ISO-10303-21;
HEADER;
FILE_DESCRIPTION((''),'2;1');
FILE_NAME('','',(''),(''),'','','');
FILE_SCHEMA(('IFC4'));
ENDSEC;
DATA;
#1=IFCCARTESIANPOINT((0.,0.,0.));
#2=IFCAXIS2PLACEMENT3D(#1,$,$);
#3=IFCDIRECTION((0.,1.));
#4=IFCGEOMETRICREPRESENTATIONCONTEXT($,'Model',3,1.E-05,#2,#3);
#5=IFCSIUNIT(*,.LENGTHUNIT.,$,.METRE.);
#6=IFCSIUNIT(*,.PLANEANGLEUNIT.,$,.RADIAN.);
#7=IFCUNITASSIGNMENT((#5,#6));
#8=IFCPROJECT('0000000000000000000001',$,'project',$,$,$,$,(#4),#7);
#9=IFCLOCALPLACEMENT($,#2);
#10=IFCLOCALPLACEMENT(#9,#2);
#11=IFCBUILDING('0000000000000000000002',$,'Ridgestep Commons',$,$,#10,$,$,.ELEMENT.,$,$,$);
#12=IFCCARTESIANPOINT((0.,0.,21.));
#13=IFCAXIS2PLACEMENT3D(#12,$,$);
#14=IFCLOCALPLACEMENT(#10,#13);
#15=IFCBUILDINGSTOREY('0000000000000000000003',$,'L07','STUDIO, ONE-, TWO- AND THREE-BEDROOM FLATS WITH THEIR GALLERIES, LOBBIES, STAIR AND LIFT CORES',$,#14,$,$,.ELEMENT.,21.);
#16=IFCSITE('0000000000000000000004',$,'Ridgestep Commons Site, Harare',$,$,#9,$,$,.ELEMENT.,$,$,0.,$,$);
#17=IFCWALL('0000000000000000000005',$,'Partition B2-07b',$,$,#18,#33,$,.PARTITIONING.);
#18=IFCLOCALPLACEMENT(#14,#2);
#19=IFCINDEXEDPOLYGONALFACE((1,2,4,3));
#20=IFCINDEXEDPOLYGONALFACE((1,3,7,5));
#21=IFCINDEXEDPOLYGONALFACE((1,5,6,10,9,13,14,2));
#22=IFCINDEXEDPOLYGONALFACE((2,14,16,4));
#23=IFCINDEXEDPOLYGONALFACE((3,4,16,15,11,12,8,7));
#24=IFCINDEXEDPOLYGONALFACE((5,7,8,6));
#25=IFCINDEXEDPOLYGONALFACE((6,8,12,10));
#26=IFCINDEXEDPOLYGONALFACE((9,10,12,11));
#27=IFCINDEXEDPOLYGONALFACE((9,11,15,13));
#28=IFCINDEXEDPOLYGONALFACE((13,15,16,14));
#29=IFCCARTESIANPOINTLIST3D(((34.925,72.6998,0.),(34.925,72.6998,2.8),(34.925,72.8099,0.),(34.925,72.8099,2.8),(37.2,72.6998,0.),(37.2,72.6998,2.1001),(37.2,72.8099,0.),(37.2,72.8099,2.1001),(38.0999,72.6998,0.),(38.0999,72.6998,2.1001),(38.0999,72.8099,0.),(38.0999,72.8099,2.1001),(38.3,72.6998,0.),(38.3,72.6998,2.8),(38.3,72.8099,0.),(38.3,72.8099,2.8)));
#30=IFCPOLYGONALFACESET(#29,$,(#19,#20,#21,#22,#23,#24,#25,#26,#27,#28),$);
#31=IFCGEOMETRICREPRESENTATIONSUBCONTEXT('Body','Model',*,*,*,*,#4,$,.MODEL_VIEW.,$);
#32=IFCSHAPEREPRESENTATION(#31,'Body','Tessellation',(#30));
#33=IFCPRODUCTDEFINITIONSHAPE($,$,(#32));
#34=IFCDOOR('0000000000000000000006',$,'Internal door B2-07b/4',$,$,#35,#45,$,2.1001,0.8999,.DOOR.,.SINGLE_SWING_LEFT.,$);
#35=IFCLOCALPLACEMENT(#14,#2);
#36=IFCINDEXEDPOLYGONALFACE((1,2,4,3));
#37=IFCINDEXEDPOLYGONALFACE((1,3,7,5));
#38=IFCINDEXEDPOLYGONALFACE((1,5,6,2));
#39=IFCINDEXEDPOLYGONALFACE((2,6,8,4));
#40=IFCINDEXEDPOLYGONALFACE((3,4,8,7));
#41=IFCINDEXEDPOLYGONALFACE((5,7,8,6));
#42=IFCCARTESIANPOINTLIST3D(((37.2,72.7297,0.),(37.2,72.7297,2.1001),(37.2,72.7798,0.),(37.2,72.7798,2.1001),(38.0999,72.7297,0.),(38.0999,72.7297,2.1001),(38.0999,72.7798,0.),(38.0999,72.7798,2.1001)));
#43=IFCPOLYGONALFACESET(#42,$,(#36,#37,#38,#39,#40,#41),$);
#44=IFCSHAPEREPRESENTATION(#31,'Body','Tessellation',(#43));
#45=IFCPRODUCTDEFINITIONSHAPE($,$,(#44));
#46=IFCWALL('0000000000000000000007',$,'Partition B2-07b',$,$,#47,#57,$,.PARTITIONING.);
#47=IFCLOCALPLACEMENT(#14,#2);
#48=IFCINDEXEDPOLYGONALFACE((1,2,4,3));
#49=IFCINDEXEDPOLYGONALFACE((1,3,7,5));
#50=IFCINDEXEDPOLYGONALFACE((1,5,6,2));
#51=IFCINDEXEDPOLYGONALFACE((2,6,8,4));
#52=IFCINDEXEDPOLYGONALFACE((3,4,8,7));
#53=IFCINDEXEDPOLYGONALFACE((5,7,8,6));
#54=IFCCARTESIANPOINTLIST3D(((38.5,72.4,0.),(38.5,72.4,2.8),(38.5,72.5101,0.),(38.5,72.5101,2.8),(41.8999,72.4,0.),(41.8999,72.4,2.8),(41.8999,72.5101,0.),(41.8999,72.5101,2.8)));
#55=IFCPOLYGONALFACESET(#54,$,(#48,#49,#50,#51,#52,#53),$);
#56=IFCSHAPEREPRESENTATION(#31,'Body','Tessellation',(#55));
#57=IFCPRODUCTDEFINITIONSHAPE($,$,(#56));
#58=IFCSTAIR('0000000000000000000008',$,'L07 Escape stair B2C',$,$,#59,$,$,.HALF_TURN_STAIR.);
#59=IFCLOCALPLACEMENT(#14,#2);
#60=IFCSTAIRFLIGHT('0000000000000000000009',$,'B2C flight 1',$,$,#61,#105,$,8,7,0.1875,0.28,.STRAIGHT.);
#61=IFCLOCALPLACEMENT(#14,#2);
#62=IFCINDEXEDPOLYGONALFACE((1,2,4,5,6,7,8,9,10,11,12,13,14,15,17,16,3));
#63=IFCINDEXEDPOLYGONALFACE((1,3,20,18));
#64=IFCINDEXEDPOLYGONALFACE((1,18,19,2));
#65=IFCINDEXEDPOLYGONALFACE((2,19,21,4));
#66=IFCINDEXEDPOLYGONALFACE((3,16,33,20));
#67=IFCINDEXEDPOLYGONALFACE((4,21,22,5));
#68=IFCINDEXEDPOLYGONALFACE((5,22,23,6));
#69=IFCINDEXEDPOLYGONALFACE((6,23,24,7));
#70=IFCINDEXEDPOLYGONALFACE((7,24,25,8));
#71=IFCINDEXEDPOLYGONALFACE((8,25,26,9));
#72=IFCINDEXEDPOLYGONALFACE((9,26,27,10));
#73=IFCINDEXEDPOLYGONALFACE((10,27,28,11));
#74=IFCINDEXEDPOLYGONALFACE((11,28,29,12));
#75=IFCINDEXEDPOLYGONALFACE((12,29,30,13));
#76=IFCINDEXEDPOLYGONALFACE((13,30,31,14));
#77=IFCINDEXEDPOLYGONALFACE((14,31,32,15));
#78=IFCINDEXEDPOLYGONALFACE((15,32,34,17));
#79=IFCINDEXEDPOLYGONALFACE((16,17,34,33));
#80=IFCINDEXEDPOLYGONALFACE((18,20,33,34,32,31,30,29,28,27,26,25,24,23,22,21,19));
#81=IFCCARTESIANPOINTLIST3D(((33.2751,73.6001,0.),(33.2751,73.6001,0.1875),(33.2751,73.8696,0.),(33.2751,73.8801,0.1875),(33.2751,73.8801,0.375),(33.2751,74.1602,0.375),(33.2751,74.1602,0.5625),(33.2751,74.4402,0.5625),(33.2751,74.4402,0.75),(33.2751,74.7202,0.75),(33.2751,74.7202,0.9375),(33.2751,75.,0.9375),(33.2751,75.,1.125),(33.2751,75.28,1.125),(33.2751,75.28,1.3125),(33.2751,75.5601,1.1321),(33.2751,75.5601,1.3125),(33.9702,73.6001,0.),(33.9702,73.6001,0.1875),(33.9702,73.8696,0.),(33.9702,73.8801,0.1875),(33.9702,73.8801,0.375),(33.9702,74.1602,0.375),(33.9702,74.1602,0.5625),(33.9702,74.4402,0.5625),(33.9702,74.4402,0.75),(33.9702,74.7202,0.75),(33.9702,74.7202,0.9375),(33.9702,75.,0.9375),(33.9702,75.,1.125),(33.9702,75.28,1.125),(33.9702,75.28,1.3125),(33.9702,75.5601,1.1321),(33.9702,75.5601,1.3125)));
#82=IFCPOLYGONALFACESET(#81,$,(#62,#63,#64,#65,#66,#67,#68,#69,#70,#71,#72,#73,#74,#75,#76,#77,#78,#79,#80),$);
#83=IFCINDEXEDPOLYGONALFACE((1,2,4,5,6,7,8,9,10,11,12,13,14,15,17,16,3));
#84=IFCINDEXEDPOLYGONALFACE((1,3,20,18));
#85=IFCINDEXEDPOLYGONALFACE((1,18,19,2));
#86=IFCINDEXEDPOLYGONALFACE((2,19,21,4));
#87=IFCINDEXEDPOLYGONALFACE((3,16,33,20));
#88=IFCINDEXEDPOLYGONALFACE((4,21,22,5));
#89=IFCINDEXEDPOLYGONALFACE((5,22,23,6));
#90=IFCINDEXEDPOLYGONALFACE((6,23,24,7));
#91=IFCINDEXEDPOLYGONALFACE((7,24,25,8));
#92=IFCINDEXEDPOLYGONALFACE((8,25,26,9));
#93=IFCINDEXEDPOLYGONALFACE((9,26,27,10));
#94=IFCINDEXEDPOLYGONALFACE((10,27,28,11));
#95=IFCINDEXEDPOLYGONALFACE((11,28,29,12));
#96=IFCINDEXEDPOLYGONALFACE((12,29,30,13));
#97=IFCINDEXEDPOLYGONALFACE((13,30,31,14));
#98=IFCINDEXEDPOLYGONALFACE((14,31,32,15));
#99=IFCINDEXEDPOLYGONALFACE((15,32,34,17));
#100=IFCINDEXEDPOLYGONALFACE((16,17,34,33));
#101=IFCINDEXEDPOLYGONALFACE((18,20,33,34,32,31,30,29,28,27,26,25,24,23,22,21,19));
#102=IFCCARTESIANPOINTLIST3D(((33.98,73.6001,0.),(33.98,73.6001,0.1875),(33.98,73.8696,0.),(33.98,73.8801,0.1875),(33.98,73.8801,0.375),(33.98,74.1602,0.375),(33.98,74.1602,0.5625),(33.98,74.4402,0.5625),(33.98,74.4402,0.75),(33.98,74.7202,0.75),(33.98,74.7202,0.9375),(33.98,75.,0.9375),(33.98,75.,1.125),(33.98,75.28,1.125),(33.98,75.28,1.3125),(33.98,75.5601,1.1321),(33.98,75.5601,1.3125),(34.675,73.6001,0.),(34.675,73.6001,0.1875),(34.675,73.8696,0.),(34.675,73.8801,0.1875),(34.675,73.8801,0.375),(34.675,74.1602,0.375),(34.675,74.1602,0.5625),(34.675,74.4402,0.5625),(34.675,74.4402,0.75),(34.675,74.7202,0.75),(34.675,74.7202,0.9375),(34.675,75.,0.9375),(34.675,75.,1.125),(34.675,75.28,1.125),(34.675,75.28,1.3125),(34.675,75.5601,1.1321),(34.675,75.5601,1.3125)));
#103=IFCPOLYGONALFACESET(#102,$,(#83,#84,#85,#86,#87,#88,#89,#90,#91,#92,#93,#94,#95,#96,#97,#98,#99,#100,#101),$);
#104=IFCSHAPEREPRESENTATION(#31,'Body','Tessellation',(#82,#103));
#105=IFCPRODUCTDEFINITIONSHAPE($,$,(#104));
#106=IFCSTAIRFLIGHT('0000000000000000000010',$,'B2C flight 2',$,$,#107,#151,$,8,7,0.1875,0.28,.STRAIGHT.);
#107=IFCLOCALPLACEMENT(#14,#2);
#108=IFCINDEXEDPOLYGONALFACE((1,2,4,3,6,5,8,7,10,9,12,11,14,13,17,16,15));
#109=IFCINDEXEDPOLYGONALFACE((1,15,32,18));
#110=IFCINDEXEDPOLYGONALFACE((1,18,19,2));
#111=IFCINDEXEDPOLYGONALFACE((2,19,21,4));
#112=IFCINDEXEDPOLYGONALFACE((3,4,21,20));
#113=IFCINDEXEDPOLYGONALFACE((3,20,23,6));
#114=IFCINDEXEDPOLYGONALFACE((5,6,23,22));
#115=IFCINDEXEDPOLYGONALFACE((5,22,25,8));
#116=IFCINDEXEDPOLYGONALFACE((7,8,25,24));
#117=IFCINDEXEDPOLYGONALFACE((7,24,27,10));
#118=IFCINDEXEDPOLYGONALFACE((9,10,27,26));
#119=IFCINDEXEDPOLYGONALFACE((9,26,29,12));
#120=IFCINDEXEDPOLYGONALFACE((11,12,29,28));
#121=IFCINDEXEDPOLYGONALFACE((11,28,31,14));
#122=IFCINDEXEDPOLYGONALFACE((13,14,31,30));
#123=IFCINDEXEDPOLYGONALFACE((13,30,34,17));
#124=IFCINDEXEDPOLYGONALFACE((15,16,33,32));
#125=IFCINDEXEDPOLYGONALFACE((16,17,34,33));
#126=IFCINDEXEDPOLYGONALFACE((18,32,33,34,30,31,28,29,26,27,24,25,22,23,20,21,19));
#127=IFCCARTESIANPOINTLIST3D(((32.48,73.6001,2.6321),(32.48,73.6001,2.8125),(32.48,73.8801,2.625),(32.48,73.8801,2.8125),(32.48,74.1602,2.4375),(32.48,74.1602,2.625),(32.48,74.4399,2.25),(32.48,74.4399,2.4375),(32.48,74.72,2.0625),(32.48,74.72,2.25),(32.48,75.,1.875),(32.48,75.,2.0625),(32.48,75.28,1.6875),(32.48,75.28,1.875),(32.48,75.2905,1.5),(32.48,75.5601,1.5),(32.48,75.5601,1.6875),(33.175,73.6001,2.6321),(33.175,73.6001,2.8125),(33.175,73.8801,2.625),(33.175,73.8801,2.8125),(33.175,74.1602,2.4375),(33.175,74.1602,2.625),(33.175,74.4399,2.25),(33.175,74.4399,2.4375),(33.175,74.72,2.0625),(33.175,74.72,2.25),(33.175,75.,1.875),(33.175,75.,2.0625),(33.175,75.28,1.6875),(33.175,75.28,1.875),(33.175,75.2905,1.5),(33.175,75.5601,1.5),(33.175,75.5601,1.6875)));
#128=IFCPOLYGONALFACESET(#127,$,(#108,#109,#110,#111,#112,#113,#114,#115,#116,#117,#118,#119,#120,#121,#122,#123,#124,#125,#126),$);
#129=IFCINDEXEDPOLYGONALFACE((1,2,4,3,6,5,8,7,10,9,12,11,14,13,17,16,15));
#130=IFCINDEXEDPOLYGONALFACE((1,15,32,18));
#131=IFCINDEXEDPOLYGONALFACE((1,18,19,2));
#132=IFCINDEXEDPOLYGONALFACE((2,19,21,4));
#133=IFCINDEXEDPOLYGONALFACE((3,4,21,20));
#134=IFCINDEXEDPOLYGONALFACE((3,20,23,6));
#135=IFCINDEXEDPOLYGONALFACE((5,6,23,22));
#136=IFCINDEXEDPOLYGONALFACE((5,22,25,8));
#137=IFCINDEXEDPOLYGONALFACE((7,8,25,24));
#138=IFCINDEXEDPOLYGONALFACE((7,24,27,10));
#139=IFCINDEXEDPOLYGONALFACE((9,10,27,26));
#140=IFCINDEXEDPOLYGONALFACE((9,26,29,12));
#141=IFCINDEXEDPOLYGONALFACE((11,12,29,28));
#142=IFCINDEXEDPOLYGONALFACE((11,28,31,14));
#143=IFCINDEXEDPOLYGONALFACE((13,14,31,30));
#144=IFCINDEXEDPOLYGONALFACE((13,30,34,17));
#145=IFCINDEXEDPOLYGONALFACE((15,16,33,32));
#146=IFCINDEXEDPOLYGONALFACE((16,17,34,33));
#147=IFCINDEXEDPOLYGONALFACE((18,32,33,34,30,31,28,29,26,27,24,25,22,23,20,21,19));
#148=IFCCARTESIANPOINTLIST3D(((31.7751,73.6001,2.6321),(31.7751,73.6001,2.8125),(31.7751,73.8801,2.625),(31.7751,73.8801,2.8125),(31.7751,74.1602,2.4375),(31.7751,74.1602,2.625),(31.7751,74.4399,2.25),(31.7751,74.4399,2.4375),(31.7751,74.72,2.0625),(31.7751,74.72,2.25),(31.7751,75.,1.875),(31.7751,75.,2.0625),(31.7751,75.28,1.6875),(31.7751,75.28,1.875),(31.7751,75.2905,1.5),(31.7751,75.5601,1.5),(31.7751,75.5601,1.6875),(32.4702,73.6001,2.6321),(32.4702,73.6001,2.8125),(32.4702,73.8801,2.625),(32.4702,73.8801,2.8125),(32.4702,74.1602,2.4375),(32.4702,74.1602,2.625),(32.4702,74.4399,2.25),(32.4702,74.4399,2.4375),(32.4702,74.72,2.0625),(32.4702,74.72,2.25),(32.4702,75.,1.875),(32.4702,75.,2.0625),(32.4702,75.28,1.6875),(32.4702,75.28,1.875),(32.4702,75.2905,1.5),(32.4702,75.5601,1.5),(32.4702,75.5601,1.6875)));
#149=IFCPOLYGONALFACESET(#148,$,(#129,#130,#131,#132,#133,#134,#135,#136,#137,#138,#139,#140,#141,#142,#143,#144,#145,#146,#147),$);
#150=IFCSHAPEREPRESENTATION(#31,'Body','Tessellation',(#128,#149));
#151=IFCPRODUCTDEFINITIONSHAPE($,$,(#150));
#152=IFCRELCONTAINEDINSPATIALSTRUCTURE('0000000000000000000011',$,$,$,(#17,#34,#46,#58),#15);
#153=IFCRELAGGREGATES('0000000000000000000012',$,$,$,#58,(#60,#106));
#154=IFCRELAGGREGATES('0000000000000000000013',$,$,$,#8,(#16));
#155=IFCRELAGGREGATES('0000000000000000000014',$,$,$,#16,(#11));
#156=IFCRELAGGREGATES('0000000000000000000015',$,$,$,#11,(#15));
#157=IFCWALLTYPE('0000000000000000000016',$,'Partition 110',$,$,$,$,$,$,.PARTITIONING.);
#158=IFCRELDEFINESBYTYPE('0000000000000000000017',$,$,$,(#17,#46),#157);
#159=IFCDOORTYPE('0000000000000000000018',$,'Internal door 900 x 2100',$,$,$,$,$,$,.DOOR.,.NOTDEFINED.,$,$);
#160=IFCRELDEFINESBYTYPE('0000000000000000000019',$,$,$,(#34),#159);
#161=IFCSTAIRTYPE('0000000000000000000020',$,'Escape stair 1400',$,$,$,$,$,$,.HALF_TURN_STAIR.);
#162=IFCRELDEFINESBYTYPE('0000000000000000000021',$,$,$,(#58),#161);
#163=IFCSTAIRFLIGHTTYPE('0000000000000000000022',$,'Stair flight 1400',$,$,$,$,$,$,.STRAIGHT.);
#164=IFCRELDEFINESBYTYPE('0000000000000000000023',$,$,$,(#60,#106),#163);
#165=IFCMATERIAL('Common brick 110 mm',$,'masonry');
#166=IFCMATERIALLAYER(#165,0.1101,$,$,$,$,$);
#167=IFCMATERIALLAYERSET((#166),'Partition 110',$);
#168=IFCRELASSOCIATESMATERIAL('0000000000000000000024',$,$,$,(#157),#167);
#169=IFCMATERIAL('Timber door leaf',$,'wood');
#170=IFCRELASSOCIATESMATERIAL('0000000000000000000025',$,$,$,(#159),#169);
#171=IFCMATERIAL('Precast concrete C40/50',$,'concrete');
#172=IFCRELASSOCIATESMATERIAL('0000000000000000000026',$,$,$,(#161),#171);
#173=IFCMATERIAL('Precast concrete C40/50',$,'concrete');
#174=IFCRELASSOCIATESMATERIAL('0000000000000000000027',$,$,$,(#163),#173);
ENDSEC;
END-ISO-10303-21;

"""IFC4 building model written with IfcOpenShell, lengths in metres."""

from ifc_helpers import new_model, si_unit, direction, frame, frame_2d, origin, place, context, subcontext, project, spatial, polyline, rectangle, outline, extrude, material, layer, layer_set, type_object, element, fill, aggregate, save


model = new_model("IFC4")

# Units and contexts
model_context = context("Model", 3, precision=1e-05, world=origin(), true_north=direction((0.0, 1.0)))
body_context = subcontext(model_context, "Body", "Model", "MODEL_VIEW")
ifc_project = project(units=[si_unit("LENGTHUNIT", "METRE"), si_unit("PLANEANGLEUNIT", "RADIAN")], contexts=[model_context])

# Site, building, storey
site_placement = place(None, origin())
site = spatial("IfcSite", under=ifc_project, at=site_placement, Name="Ridgestep Commons Site, Harare", CompositionType="ELEMENT", RefElevation=0.0)
building_placement = place(site_placement, origin())
building = spatial("IfcBuilding", under=site, at=building_placement, Name="Ridgestep Commons", CompositionType="ELEMENT")
storey_placement = place(building_placement, frame((0.0, 0.0, 21.0)))
storey = spatial("IfcBuildingStorey", under=building, at=storey_placement, Name="L07", Description="STUDIO, ONE-, TWO- AND THREE-BEDROOM FLATS WITH THEIR GALLERIES, LOBBIES, STAIR AND LIFT CORES", CompositionType="ELEMENT", Elevation=21.0)

# Wall, opening, door
ifc_material_1 = material(Name="Common brick 110 mm", Category="masonry")
ifc_layer_1 = layer(ifc_material_1, 0.1101)
ifc_layer_set_1 = layer_set([ifc_layer_1], Name="Partition 110")
wall_type_1 = type_object("IfcWallType", Name="Partition 110", PredefinedType="PARTITIONING", material=ifc_layer_set_1)
wall_1_placement = place(storey_placement, frame((34.925, 72.7549, 0.0), z_axis=(0.0, 0.0, 1.0), x_axis=(1.0, 0.0, 0.0)))
wall_1 = element("IfcWall", 1, at=wall_1_placement, inside=storey, type_object=wall_type_1, Name="Partition B2-07b", PredefinedType="PARTITIONING", context=body_context, shape_type="SweptSolid", body=[
    extrude(rectangle(XDim=3.375, YDim=0.1101, at=frame_2d((1.6875, 0.0))), origin(), (0.0, 0.0, 1.0), 2.8),
])
opening_1_placement = place(wall_1_placement, frame((2.2749, 0.0, 0.0)))
opening_1 = element("IfcOpeningElement", 2, at=opening_1_placement, cuts=wall_1, PredefinedType="OPENING", context=body_context, shape_type="SweptSolid", body=[
    extrude(rectangle(XDim=0.8999, YDim=2.1001, at=frame_2d((0.45, 1.05))), frame((0.0, 0.0649, 0.0), z_axis=(0.0, -1.0, 0.0), x_axis=(1.0, 0.0, 0.0)), (0.0, 0.0, 1.0), 0.1301),
])
ifc_material_2 = material(Name="Timber door leaf", Category="wood")
door_type_1 = type_object("IfcDoorType", Name="Internal door 900 x 2100", OperationType="NOTDEFINED", PredefinedType="DOOR", material=ifc_material_2)
door_1_placement = place(opening_1_placement, origin())
door_1 = element("IfcDoor", 3, at=door_1_placement, inside=storey, type_object=door_type_1, Name="Internal door B2-07b/4", OperationType="SINGLE_SWING_LEFT", OverallHeight=2.1001, OverallWidth=0.8999, PredefinedType="DOOR", context=body_context, shape_type="SweptSolid", body=[
    extrude(rectangle(XDim=0.8999, YDim=2.1001, at=frame_2d((0.45, 1.05))), frame((0.0, 0.0249, 0.0), z_axis=(0.0, -1.0, 0.0), x_axis=(1.0, 0.0, 0.0)), (0.0, 0.0, 1.0), 0.05),
])
fill(opening_1, door_1)

# Wall
wall_2_placement = place(storey_placement, frame((38.5, 72.4551, 0.0), z_axis=(0.0, 0.0, 1.0), x_axis=(1.0, 0.0, 0.0)))
element("IfcWall", 4, at=wall_2_placement, inside=storey, type_object=wall_type_1, Name="Partition B2-07b", PredefinedType="PARTITIONING", context=body_context, shape_type="SweptSolid", body=[
    extrude(rectangle(XDim=3.3999, YDim=0.1101, at=frame_2d((1.7, 0.0))), origin(), (0.0, 0.0, 1.0), 2.8),
])

# Stair, stair flights
ifc_material_3 = material(Name="Precast concrete C40/50", Category="concrete")
stair_type = type_object("IfcStairType", Name="Escape stair 1400", PredefinedType="HALF_TURN_STAIR", material=ifc_material_3)
stair_placement = place(storey_placement, origin())
stair = element("IfcStair", 5, at=stair_placement, inside=storey, type_object=stair_type, Name="L07 Escape stair B2C", PredefinedType="HALF_TURN_STAIR")
ifc_material_4 = material(Name="Precast concrete C40/50", Category="concrete")
stair_flight_type = type_object("IfcStairFlightType", Name="Stair flight 1400", PredefinedType="STRAIGHT", material=ifc_material_4)
stair_flight_1_placement = place(storey_placement, frame((33.9751, 73.6001, 0.0), z_axis=(0.0, 0.0, 1.0), x_axis=(0.0, 1.0, 0.0)))
stair_flight_1 = element("IfcStairFlight", 6, at=stair_flight_1_placement, type_object=stair_flight_type, Name="B2C flight 1", NumberOfRisers=8, NumberOfTreads=7, PredefinedType="STRAIGHT", RiserHeight=0.1875, TreadLength=0.28, context=body_context, shape_type="SweptSolid", body=[
    extrude(outline(polyline([(0.0, 0.0), (0.0, 0.1875), (0.28, 0.1875), (0.28, 0.375), (0.5601, 0.375), (0.5601, 0.5625), (0.8401, 0.5625), (0.8401, 0.75), (1.1201, 0.75), (1.1201, 0.9375), (1.3999, 0.9375), (1.3999, 1.125), (1.6799, 1.125), (1.6799, 1.3125), (1.96, 1.3125), (1.96, 1.5), (1.96, 1.1321), (0.2695, 0.0), (0.0, 0.0)])), frame((0.0, 0.7, 0.0), z_axis=(0.0, -1.0, 0.0), x_axis=(1.0, 0.0, 0.0)), (0.0, 0.0, 1.0), 0.6951),
    extrude(outline(polyline([(0.0, 0.0), (0.0, 0.1875), (0.28, 0.1875), (0.28, 0.375), (0.5601, 0.375), (0.5601, 0.5625), (0.8401, 0.5625), (0.8401, 0.75), (1.1201, 0.75), (1.1201, 0.9375), (1.3999, 0.9375), (1.3999, 1.125), (1.6799, 1.125), (1.6799, 1.3125), (1.96, 1.3125), (1.96, 1.5), (1.96, 1.1321), (0.2695, 0.0), (0.0, 0.0)])), frame((0.0, -0.0049, 0.0), z_axis=(0.0, -1.0, 0.0), x_axis=(1.0, 0.0, 0.0)), (0.0, 0.0, 1.0), 0.6951),
])
stair_flight_2_placement = place(storey_placement, frame((32.4751, 75.5601, 1.5), z_axis=(0.0, 0.0, 1.0), x_axis=(0.0, -1.0, 0.0)))
stair_flight_2 = element("IfcStairFlight", 7, at=stair_flight_2_placement, type_object=stair_flight_type, Name="B2C flight 2", NumberOfRisers=8, NumberOfTreads=7, PredefinedType="STRAIGHT", RiserHeight=0.1875, TreadLength=0.28, context=body_context, shape_type="SweptSolid", body=[
    extrude(outline(polyline([(0.0, 0.0), (0.0, 0.1875), (0.28, 0.1875), (0.28, 0.375), (0.5601, 0.375), (0.5601, 0.5625), (0.8401, 0.5625), (0.8401, 0.75), (1.1201, 0.75), (1.1201, 0.9375), (1.3999, 0.9375), (1.3999, 1.125), (1.6799, 1.125), (1.6799, 1.3125), (1.96, 1.3125), (1.96, 1.5), (1.96, 1.1321), (0.2695, 0.0), (0.0, 0.0)])), frame((0.0, 0.7, 0.0), z_axis=(0.0, -1.0, 0.0), x_axis=(1.0, 0.0, 0.0)), (0.0, 0.0, 1.0), 0.6951),
    extrude(outline(polyline([(0.0, 0.0), (0.0, 0.1875), (0.28, 0.1875), (0.28, 0.375), (0.5601, 0.375), (0.5601, 0.5625), (0.8401, 0.5625), (0.8401, 0.75), (1.1201, 0.75), (1.1201, 0.9375), (1.3999, 0.9375), (1.3999, 1.125), (1.6799, 1.125), (1.6799, 1.3125), (1.96, 1.3125), (1.96, 1.5), (1.96, 1.1321), (0.2695, 0.0), (0.0, 0.0)])), frame((0.0, -0.0049, 0.0), z_axis=(0.0, -1.0, 0.0), x_axis=(1.0, 0.0, 0.0)), (0.0, 0.0, 1.0), 0.6951),
])
aggregate(stair, [stair_flight_1, stair_flight_2])

save(model, "model.ifc")
